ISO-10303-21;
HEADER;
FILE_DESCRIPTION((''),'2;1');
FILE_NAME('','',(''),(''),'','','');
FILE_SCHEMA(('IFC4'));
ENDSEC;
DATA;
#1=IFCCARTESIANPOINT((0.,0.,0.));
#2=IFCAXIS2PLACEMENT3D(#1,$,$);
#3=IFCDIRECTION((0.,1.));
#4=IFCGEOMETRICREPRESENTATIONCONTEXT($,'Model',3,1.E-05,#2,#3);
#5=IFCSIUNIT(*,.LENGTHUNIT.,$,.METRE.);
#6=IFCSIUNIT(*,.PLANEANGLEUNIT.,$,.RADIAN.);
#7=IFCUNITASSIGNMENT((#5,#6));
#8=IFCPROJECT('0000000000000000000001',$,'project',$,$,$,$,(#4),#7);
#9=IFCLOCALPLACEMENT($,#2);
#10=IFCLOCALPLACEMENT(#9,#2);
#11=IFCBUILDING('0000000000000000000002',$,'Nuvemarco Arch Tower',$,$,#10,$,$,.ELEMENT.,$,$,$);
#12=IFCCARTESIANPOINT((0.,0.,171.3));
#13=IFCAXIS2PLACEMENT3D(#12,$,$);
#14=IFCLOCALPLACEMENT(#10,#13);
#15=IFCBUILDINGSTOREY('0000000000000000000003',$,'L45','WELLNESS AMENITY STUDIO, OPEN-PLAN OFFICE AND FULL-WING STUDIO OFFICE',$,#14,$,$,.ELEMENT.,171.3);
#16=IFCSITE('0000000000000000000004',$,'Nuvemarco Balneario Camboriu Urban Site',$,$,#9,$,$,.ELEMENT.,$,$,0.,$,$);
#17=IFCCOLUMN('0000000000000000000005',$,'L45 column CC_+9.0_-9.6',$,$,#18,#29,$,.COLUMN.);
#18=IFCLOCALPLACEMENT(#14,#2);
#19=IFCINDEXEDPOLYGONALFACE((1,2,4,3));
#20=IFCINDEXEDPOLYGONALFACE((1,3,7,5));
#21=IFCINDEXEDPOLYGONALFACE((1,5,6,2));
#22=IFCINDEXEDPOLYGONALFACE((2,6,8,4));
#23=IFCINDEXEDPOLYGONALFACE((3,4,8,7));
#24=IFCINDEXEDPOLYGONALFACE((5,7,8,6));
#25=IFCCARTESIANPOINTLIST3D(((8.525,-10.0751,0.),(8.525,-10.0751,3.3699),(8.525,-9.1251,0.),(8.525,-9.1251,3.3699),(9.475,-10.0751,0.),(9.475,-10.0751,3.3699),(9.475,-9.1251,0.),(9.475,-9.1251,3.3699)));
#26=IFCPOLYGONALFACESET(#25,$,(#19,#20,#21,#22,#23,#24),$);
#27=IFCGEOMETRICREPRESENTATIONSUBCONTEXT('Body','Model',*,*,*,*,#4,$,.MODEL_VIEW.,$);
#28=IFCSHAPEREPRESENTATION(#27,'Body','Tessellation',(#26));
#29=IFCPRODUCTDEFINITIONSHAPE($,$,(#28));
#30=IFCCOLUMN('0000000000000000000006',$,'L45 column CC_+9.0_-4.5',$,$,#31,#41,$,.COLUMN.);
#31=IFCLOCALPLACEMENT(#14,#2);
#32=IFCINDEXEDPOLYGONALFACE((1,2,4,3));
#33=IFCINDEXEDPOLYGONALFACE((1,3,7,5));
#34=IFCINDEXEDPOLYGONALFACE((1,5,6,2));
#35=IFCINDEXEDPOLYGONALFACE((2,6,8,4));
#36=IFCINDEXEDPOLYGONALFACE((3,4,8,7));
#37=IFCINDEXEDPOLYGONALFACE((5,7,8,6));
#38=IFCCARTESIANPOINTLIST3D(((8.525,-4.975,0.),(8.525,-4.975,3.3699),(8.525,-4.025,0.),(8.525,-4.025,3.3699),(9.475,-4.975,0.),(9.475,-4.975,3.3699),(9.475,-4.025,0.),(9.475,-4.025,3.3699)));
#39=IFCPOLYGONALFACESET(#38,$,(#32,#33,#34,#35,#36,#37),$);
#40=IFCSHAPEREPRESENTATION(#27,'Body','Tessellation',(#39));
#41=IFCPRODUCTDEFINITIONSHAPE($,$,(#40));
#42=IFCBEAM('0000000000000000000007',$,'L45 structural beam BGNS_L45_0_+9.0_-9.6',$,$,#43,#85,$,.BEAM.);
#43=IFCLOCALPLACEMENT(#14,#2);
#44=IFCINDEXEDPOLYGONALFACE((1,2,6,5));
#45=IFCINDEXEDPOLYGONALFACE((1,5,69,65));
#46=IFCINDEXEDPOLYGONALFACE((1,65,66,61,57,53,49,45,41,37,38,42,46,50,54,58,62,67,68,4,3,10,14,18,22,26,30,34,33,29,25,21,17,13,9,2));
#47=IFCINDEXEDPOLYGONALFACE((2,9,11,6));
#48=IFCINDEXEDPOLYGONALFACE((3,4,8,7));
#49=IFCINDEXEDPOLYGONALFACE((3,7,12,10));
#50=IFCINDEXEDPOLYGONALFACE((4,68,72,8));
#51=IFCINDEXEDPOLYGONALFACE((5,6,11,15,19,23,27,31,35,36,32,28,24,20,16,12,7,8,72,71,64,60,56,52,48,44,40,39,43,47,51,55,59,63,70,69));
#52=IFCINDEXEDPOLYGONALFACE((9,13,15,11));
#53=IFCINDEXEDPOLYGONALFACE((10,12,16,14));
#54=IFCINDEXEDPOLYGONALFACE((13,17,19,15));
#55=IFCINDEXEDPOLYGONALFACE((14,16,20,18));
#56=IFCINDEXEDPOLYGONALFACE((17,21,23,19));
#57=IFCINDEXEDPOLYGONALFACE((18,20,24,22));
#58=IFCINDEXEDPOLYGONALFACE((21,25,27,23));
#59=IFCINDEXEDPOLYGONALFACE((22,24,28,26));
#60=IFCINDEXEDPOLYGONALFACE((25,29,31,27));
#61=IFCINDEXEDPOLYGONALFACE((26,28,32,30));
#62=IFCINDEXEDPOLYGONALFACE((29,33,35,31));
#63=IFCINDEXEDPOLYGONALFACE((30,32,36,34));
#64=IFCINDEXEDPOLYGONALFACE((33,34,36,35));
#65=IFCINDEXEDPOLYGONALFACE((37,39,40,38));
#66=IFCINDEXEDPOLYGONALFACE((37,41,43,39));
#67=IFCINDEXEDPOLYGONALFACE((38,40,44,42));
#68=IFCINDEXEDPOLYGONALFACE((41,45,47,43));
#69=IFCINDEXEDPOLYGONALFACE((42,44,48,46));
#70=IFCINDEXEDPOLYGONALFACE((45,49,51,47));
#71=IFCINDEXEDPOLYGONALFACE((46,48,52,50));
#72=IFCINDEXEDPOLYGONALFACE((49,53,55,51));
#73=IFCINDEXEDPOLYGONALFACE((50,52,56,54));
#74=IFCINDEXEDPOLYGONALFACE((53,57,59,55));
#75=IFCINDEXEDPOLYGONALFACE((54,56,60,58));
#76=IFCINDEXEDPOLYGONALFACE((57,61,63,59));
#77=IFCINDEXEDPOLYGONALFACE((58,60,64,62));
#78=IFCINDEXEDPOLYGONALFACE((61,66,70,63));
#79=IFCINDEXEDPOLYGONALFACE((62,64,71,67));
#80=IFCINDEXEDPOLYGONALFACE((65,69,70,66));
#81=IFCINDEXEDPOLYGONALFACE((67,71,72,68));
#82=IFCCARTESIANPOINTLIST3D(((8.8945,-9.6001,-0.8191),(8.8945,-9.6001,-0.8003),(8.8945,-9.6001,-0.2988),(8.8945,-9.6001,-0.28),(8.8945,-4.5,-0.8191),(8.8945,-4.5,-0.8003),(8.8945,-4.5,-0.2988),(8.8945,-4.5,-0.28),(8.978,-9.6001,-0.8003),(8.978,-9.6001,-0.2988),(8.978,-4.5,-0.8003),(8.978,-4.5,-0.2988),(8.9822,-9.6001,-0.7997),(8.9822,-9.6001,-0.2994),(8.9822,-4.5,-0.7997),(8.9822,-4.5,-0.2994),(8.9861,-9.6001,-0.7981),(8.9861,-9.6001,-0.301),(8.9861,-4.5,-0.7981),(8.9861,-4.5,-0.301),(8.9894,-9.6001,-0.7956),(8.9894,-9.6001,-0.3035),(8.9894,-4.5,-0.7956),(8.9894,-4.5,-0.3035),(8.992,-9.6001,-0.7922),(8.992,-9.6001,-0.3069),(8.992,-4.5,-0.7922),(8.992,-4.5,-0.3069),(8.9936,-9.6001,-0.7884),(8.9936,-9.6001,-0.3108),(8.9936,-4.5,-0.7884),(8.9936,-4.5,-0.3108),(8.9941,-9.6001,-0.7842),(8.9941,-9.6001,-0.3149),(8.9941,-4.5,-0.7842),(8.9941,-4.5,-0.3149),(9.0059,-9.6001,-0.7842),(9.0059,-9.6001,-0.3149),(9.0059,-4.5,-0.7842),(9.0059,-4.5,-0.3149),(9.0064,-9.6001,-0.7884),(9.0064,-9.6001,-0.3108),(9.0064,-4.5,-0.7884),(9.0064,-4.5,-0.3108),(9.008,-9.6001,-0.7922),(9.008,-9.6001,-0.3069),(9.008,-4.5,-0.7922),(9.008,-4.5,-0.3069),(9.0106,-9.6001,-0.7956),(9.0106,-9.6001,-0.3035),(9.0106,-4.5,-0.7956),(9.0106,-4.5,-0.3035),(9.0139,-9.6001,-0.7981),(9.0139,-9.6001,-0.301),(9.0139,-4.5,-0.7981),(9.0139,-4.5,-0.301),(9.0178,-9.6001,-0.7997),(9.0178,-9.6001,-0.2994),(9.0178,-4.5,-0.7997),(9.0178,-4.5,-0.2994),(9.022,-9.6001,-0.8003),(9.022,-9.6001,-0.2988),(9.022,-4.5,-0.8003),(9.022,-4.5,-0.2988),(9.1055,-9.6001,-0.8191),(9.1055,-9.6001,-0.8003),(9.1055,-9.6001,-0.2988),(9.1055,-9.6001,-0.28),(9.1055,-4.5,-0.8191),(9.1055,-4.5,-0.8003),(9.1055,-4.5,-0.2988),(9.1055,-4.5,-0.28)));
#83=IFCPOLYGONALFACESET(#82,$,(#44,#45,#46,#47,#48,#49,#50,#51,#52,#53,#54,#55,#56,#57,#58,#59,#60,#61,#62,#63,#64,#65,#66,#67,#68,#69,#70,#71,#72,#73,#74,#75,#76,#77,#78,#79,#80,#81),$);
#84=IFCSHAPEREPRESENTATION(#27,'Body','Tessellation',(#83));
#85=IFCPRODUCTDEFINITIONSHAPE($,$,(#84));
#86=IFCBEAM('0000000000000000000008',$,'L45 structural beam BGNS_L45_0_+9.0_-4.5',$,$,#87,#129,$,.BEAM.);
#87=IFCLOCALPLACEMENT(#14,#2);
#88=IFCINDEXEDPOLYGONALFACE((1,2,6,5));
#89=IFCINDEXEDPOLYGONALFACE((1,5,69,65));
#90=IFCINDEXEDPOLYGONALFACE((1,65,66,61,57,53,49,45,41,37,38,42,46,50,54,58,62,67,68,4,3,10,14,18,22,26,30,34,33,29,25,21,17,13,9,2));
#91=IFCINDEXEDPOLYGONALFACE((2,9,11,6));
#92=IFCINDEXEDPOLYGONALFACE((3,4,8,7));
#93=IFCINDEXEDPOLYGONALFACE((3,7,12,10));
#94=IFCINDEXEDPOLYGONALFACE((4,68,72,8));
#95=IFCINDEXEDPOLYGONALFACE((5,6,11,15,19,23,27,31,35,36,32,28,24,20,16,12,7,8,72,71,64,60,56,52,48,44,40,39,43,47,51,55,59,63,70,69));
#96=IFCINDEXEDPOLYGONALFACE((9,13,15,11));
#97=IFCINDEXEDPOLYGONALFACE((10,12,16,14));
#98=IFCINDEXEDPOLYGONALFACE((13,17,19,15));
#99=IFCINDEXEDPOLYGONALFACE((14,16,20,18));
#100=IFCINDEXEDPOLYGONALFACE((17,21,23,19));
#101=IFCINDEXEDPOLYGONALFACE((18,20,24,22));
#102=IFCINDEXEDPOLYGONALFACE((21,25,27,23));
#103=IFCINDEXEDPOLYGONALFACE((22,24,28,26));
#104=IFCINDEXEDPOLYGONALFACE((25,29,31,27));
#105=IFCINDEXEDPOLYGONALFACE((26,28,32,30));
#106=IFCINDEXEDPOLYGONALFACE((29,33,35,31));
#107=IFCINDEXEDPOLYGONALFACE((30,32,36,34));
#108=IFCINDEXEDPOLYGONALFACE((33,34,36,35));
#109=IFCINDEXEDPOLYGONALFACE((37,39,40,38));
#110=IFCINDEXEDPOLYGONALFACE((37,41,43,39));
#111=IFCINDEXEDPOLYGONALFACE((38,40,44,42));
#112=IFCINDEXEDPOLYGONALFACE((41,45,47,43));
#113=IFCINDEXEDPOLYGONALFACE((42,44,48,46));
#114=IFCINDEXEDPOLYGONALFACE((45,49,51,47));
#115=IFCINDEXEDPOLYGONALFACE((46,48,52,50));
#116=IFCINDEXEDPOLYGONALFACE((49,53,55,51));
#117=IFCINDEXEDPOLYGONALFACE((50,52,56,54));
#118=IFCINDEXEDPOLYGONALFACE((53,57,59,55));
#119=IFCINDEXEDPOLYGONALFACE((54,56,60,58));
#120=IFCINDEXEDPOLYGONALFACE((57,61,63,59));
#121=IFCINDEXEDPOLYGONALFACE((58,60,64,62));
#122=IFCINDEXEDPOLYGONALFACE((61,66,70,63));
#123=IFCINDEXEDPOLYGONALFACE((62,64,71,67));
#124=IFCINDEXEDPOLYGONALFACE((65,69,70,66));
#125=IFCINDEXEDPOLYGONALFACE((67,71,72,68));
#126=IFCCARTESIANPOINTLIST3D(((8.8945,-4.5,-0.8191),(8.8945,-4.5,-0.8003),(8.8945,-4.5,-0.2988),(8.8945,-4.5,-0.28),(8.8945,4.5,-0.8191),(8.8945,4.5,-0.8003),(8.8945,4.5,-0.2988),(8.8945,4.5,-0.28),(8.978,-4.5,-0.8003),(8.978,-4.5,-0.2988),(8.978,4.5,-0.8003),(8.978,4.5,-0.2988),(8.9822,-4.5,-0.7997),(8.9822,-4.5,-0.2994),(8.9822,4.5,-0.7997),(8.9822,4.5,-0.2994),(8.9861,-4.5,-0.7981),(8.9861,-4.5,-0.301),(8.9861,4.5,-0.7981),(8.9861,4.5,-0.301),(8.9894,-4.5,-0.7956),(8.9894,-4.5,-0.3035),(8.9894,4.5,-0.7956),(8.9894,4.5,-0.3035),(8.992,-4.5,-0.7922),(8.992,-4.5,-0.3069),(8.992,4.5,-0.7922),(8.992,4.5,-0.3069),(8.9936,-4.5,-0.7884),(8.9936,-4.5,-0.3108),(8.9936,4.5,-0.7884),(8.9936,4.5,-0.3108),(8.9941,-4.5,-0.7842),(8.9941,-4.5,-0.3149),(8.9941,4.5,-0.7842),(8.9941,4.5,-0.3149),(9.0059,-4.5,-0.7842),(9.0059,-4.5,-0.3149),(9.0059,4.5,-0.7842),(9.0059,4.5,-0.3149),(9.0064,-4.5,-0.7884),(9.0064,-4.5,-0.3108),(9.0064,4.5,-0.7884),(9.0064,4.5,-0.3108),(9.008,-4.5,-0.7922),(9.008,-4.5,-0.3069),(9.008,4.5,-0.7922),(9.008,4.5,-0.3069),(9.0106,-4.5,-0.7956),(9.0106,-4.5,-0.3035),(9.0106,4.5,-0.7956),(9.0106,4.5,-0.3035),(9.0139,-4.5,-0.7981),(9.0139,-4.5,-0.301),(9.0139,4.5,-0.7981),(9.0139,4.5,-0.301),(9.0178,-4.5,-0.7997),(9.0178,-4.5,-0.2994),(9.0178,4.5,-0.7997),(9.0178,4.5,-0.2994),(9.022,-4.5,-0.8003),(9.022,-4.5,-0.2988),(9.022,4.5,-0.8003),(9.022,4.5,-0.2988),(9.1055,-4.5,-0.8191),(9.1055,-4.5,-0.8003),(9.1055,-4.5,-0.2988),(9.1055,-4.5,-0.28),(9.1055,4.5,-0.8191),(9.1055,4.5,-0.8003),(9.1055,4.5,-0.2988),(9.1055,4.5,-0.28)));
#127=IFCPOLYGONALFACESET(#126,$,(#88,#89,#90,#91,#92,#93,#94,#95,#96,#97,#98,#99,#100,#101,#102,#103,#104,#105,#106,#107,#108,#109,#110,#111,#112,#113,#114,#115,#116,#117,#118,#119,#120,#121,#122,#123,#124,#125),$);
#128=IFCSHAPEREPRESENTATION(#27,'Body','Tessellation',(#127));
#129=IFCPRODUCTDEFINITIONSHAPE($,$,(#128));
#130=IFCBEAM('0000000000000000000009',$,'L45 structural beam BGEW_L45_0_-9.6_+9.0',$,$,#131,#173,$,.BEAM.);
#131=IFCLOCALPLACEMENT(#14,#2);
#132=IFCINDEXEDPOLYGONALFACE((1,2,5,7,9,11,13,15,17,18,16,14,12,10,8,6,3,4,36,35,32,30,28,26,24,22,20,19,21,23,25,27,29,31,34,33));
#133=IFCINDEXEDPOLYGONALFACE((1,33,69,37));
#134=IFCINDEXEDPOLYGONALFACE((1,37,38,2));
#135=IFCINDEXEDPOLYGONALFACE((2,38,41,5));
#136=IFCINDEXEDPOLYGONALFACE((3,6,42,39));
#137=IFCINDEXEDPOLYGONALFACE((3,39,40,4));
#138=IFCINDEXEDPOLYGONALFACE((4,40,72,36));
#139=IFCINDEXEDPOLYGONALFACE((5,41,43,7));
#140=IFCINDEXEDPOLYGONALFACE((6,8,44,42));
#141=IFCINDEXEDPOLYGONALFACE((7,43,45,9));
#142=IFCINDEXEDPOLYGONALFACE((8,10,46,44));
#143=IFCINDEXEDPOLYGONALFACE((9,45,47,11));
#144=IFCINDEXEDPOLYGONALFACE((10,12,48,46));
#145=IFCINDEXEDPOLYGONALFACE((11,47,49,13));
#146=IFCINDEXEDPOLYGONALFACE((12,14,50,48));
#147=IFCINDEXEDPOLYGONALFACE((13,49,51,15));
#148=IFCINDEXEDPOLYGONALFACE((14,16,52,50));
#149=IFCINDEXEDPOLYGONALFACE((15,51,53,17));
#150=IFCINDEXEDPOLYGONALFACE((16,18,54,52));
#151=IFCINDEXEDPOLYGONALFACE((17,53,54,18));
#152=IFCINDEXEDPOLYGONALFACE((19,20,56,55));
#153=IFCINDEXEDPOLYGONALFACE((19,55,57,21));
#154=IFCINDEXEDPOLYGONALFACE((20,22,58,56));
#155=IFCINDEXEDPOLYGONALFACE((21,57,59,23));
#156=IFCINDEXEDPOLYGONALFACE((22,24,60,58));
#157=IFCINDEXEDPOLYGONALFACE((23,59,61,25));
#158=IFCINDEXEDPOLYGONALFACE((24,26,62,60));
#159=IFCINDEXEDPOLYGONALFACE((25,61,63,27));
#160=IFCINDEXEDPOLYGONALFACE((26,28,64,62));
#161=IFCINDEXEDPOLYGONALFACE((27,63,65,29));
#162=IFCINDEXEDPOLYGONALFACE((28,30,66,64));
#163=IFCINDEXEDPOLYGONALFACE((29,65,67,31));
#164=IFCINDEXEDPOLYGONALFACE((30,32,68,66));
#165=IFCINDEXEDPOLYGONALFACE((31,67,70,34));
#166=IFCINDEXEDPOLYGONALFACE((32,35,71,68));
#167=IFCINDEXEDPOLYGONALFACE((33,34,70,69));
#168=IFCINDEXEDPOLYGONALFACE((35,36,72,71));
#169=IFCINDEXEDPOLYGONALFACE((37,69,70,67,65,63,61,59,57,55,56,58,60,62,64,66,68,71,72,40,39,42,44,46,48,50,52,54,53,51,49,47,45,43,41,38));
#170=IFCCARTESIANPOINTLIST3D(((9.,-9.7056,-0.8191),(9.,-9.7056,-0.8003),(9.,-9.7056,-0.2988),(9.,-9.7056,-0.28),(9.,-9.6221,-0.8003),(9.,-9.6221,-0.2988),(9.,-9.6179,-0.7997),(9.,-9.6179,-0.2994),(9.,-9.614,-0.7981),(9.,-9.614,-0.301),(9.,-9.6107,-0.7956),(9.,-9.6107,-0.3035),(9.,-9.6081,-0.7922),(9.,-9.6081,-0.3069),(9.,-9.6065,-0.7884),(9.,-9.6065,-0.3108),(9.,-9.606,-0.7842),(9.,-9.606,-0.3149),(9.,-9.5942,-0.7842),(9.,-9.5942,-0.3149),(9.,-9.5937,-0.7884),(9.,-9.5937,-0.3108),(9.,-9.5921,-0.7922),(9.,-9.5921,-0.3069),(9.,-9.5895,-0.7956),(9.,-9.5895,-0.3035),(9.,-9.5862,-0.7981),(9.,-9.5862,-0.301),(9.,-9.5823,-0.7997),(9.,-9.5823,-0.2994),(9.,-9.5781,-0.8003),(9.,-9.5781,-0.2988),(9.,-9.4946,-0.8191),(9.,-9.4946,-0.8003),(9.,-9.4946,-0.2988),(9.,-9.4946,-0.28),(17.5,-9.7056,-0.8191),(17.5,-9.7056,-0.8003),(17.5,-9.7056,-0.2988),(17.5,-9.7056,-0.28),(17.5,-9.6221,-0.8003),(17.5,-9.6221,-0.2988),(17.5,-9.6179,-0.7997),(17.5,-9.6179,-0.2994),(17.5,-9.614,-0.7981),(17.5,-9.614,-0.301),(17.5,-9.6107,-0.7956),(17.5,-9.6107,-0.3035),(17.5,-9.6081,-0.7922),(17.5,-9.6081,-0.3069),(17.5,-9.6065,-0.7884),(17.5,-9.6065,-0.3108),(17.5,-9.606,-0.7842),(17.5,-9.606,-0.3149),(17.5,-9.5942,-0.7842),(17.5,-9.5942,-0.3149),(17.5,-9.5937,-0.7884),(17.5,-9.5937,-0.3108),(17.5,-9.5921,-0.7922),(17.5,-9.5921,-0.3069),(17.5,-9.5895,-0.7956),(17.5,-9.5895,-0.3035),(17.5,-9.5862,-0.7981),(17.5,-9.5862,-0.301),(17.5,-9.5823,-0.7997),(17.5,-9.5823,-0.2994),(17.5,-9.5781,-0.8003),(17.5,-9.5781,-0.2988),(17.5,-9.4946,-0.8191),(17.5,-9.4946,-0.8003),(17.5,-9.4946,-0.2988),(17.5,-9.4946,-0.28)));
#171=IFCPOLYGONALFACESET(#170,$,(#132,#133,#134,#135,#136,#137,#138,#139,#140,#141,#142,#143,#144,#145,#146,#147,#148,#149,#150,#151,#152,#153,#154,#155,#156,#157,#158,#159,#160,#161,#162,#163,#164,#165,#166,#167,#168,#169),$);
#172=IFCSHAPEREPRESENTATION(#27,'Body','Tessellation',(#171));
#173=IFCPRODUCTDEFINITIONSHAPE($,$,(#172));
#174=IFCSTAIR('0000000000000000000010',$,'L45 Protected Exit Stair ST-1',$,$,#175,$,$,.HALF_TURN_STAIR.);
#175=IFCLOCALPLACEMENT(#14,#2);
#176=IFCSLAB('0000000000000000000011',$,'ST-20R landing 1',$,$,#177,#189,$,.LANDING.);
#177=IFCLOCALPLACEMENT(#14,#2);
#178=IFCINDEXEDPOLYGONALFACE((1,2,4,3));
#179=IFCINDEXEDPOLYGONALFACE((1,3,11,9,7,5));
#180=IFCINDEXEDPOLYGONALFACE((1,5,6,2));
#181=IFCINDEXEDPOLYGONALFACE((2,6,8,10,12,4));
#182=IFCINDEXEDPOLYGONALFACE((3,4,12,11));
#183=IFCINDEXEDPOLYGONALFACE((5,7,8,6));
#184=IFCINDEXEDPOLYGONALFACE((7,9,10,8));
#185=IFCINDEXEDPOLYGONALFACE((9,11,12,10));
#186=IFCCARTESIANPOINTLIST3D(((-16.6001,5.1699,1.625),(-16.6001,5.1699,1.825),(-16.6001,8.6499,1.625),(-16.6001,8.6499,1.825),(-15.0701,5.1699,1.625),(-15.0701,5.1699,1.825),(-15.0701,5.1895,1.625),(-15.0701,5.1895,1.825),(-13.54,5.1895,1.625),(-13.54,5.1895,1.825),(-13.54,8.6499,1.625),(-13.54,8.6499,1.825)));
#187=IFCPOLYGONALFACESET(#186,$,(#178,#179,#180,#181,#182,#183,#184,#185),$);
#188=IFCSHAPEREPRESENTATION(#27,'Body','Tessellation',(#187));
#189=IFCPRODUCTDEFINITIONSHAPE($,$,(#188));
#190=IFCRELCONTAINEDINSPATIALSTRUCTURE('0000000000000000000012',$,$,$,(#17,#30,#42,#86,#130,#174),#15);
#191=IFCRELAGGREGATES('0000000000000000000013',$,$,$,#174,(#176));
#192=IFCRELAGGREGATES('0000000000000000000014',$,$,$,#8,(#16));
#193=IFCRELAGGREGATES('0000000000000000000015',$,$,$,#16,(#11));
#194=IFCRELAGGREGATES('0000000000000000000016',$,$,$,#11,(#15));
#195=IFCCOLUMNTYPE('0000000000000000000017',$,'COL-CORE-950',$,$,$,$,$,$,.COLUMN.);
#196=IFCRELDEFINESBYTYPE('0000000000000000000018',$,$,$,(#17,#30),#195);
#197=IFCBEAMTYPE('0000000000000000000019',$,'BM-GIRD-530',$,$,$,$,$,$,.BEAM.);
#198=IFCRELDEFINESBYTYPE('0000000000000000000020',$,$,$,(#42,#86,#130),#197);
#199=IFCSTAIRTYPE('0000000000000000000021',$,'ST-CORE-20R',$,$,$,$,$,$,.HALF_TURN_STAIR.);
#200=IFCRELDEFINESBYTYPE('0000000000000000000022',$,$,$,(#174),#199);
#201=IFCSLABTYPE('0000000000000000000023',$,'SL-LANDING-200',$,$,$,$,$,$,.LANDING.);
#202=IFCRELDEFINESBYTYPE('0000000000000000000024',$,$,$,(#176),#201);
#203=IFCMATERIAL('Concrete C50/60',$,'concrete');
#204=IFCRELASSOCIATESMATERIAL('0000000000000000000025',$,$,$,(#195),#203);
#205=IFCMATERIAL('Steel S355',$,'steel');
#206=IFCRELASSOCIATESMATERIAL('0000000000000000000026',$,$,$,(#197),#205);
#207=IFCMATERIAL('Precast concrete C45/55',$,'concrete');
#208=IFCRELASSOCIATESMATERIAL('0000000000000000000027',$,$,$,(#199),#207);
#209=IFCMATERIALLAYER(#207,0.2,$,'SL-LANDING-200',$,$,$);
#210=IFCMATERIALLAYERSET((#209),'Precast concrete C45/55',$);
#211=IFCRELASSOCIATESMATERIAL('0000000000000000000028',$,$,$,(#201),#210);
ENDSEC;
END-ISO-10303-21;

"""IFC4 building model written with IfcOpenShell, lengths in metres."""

from ifc_helpers import new_model, si_unit, direction, frame, origin, origin_2d, place, context, subcontext, project, spatial, polyline, rectangle, i_section, outline, extrude, material, layer, layer_set, material_profile, profile_set, type_object, element, aggregate, save


model = new_model("IFC4")

# Units and contexts
model_context = context("Model", 3, precision=1e-05, world=origin(), true_north=direction((0.0, 1.0)))
body_context = subcontext(model_context, "Body", "Model", "MODEL_VIEW")
ifc_project = project(units=[si_unit("LENGTHUNIT", "METRE"), si_unit("PLANEANGLEUNIT", "RADIAN")], contexts=[model_context])

# Site, building, storey
site_placement = place(None, origin())
site = spatial("IfcSite", under=ifc_project, at=site_placement, Name="Nuvemarco Balneario Camboriu Urban Site", CompositionType="ELEMENT", RefElevation=0.0)
building_placement = place(site_placement, origin())
building = spatial("IfcBuilding", under=site, at=building_placement, Name="Nuvemarco Arch Tower", CompositionType="ELEMENT")
storey_placement = place(building_placement, frame((0.0, 0.0, 171.3)))
storey = spatial("IfcBuildingStorey", under=building, at=storey_placement, Name="L45", Description="WELLNESS AMENITY STUDIO, OPEN-PLAN OFFICE AND FULL-WING STUDIO OFFICE", CompositionType="ELEMENT", Elevation=171.3)

# Columns
ifc_material_1 = material(Name="Concrete C50/60", Category="concrete")
ifc_material_profile_1 = material_profile(ifc_material_1, rectangle(XDim=0.95, YDim=0.95, at=origin_2d()), Name="RC-COL-950x950")
ifc_profile_set_1 = profile_set([ifc_material_profile_1], Name="Concrete C50/60")
column_type = type_object("IfcColumnType", Name="COL-CORE-950", PredefinedType="COLUMN", material=ifc_profile_set_1)
for number, where, z_axis, x_axis, name in (
    (1, (9.0, -9.6001, 0.0), (0.0, 0.0, 1.0), (1.0, 0.0, 0.0), "L45 column CC_+9.0_-9.6"),
    (2, (9.0, -4.5, 0.0), (0.0, 0.0, 1.0), (1.0, 0.0, 0.0), "L45 column CC_+9.0_-4.5"),
):
    element("IfcColumn", number, at=place(storey_placement, frame(where, z_axis=z_axis, x_axis=x_axis)), inside=storey, type_object=column_type, Name=name, PredefinedType="COLUMN", context=body_context, shape_type="SweptSolid", body=[
        extrude(rectangle(XDim=0.95, YDim=0.95, at=origin_2d()), origin(), (0.0, 0.0, 1.0), 3.3699),
    ])

# Beams
ifc_material_2 = material(Name="Steel S355", Category="steel")
ifc_material_profile_2 = material_profile(ifc_material_2, i_section(OverallWidth=0.2109, OverallDepth=0.5391, WebThickness=0.0117, FlangeThickness=0.0188, FilletRadius=0.0161, at=origin_2d()), Name="W530x109")
ifc_profile_set_2 = profile_set([ifc_material_profile_2], Name="Steel S355")
beam_type = type_object("IfcBeamType", Name="BM-GIRD-530", PredefinedType="BEAM", material=ifc_profile_set_2)
beam_1_placement = place(storey_placement, frame((9.0, -9.6001, -0.5496), z_axis=(0.0, 1.0, 0.0), x_axis=(-1.0, 0.0, 0.0)))
element("IfcBeam", 3, at=beam_1_placement, inside=storey, type_object=beam_type, Name="L45 structural beam BGNS_L45_0_+9.0_-9.6", PredefinedType="BEAM", context=body_context, shape_type="SweptSolid", body=[
    extrude(i_section(OverallWidth=0.2109, OverallDepth=0.5391, WebThickness=0.0117, FlangeThickness=0.0188, FilletRadius=0.0161, at=origin_2d()), origin(), (0.0, 0.0, 1.0), 5.1001),
])
beam_2_placement = place(storey_placement, frame((9.0, -4.5, -0.5496), z_axis=(0.0, 1.0, 0.0), x_axis=(-1.0, 0.0, 0.0)))
element("IfcBeam", 4, at=beam_2_placement, inside=storey, type_object=beam_type, Name="L45 structural beam BGNS_L45_0_+9.0_-4.5", PredefinedType="BEAM", context=body_context, shape_type="SweptSolid", body=[
    extrude(i_section(OverallWidth=0.2109, OverallDepth=0.5391, WebThickness=0.0117, FlangeThickness=0.0188, FilletRadius=0.0161, at=origin_2d()), origin(), (0.0, 0.0, 1.0), 9.0),
])
beam_3_placement = place(storey_placement, frame((9.0, -9.6001, -0.5496), z_axis=(1.0, 0.0, 0.0), x_axis=(0.0, 1.0, 0.0)))
element("IfcBeam", 5, at=beam_3_placement, inside=storey, type_object=beam_type, Name="L45 structural beam BGEW_L45_0_-9.6_+9.0", PredefinedType="BEAM", context=body_context, shape_type="SweptSolid", body=[
    extrude(i_section(OverallWidth=0.2109, OverallDepth=0.5391, WebThickness=0.0117, FlangeThickness=0.0188, FilletRadius=0.0161, at=origin_2d()), origin(), (0.0, 0.0, 1.0), 8.5),
])

# Stair, slab
ifc_material_3 = material(Name="Precast concrete C45/55", Category="concrete")
stair_type = type_object("IfcStairType", Name="ST-CORE-20R", PredefinedType="HALF_TURN_STAIR", material=ifc_material_3)
stair_1_placement = place(storey_placement, origin())
stair_1 = element("IfcStair", 6, at=stair_1_placement, inside=storey, type_object=stair_type, Name="L45 Protected Exit Stair ST-1", PredefinedType="HALF_TURN_STAIR")
ifc_layer_1 = layer(ifc_material_3, 0.2, Name="SL-LANDING-200")
ifc_layer_set_1 = layer_set([ifc_layer_1], Name="Precast concrete C45/55")
slab_type = type_object("IfcSlabType", Name="SL-LANDING-200", PredefinedType="LANDING", material=ifc_layer_set_1)
slab_1_placement = place(storey_placement, frame((0.0, 0.0, 1.625)))
slab_1 = element("IfcSlab", 7, at=slab_1_placement, type_object=slab_type, Name="ST-20R landing 1", PredefinedType="LANDING", context=body_context, shape_type="SweptSolid", body=[
    extrude(outline(polyline([(-13.54, 5.1895), (-13.54, 8.6499), (-16.6001, 8.6499), (-16.6001, 5.1699), (-15.0701, 5.1699), (-15.0701, 5.1895), (-13.54, 5.1895)])), origin(), (0.0, 0.0, 1.0), 0.2),
])
aggregate(stair_1, [slab_1])

save(model, "model.ifc")
